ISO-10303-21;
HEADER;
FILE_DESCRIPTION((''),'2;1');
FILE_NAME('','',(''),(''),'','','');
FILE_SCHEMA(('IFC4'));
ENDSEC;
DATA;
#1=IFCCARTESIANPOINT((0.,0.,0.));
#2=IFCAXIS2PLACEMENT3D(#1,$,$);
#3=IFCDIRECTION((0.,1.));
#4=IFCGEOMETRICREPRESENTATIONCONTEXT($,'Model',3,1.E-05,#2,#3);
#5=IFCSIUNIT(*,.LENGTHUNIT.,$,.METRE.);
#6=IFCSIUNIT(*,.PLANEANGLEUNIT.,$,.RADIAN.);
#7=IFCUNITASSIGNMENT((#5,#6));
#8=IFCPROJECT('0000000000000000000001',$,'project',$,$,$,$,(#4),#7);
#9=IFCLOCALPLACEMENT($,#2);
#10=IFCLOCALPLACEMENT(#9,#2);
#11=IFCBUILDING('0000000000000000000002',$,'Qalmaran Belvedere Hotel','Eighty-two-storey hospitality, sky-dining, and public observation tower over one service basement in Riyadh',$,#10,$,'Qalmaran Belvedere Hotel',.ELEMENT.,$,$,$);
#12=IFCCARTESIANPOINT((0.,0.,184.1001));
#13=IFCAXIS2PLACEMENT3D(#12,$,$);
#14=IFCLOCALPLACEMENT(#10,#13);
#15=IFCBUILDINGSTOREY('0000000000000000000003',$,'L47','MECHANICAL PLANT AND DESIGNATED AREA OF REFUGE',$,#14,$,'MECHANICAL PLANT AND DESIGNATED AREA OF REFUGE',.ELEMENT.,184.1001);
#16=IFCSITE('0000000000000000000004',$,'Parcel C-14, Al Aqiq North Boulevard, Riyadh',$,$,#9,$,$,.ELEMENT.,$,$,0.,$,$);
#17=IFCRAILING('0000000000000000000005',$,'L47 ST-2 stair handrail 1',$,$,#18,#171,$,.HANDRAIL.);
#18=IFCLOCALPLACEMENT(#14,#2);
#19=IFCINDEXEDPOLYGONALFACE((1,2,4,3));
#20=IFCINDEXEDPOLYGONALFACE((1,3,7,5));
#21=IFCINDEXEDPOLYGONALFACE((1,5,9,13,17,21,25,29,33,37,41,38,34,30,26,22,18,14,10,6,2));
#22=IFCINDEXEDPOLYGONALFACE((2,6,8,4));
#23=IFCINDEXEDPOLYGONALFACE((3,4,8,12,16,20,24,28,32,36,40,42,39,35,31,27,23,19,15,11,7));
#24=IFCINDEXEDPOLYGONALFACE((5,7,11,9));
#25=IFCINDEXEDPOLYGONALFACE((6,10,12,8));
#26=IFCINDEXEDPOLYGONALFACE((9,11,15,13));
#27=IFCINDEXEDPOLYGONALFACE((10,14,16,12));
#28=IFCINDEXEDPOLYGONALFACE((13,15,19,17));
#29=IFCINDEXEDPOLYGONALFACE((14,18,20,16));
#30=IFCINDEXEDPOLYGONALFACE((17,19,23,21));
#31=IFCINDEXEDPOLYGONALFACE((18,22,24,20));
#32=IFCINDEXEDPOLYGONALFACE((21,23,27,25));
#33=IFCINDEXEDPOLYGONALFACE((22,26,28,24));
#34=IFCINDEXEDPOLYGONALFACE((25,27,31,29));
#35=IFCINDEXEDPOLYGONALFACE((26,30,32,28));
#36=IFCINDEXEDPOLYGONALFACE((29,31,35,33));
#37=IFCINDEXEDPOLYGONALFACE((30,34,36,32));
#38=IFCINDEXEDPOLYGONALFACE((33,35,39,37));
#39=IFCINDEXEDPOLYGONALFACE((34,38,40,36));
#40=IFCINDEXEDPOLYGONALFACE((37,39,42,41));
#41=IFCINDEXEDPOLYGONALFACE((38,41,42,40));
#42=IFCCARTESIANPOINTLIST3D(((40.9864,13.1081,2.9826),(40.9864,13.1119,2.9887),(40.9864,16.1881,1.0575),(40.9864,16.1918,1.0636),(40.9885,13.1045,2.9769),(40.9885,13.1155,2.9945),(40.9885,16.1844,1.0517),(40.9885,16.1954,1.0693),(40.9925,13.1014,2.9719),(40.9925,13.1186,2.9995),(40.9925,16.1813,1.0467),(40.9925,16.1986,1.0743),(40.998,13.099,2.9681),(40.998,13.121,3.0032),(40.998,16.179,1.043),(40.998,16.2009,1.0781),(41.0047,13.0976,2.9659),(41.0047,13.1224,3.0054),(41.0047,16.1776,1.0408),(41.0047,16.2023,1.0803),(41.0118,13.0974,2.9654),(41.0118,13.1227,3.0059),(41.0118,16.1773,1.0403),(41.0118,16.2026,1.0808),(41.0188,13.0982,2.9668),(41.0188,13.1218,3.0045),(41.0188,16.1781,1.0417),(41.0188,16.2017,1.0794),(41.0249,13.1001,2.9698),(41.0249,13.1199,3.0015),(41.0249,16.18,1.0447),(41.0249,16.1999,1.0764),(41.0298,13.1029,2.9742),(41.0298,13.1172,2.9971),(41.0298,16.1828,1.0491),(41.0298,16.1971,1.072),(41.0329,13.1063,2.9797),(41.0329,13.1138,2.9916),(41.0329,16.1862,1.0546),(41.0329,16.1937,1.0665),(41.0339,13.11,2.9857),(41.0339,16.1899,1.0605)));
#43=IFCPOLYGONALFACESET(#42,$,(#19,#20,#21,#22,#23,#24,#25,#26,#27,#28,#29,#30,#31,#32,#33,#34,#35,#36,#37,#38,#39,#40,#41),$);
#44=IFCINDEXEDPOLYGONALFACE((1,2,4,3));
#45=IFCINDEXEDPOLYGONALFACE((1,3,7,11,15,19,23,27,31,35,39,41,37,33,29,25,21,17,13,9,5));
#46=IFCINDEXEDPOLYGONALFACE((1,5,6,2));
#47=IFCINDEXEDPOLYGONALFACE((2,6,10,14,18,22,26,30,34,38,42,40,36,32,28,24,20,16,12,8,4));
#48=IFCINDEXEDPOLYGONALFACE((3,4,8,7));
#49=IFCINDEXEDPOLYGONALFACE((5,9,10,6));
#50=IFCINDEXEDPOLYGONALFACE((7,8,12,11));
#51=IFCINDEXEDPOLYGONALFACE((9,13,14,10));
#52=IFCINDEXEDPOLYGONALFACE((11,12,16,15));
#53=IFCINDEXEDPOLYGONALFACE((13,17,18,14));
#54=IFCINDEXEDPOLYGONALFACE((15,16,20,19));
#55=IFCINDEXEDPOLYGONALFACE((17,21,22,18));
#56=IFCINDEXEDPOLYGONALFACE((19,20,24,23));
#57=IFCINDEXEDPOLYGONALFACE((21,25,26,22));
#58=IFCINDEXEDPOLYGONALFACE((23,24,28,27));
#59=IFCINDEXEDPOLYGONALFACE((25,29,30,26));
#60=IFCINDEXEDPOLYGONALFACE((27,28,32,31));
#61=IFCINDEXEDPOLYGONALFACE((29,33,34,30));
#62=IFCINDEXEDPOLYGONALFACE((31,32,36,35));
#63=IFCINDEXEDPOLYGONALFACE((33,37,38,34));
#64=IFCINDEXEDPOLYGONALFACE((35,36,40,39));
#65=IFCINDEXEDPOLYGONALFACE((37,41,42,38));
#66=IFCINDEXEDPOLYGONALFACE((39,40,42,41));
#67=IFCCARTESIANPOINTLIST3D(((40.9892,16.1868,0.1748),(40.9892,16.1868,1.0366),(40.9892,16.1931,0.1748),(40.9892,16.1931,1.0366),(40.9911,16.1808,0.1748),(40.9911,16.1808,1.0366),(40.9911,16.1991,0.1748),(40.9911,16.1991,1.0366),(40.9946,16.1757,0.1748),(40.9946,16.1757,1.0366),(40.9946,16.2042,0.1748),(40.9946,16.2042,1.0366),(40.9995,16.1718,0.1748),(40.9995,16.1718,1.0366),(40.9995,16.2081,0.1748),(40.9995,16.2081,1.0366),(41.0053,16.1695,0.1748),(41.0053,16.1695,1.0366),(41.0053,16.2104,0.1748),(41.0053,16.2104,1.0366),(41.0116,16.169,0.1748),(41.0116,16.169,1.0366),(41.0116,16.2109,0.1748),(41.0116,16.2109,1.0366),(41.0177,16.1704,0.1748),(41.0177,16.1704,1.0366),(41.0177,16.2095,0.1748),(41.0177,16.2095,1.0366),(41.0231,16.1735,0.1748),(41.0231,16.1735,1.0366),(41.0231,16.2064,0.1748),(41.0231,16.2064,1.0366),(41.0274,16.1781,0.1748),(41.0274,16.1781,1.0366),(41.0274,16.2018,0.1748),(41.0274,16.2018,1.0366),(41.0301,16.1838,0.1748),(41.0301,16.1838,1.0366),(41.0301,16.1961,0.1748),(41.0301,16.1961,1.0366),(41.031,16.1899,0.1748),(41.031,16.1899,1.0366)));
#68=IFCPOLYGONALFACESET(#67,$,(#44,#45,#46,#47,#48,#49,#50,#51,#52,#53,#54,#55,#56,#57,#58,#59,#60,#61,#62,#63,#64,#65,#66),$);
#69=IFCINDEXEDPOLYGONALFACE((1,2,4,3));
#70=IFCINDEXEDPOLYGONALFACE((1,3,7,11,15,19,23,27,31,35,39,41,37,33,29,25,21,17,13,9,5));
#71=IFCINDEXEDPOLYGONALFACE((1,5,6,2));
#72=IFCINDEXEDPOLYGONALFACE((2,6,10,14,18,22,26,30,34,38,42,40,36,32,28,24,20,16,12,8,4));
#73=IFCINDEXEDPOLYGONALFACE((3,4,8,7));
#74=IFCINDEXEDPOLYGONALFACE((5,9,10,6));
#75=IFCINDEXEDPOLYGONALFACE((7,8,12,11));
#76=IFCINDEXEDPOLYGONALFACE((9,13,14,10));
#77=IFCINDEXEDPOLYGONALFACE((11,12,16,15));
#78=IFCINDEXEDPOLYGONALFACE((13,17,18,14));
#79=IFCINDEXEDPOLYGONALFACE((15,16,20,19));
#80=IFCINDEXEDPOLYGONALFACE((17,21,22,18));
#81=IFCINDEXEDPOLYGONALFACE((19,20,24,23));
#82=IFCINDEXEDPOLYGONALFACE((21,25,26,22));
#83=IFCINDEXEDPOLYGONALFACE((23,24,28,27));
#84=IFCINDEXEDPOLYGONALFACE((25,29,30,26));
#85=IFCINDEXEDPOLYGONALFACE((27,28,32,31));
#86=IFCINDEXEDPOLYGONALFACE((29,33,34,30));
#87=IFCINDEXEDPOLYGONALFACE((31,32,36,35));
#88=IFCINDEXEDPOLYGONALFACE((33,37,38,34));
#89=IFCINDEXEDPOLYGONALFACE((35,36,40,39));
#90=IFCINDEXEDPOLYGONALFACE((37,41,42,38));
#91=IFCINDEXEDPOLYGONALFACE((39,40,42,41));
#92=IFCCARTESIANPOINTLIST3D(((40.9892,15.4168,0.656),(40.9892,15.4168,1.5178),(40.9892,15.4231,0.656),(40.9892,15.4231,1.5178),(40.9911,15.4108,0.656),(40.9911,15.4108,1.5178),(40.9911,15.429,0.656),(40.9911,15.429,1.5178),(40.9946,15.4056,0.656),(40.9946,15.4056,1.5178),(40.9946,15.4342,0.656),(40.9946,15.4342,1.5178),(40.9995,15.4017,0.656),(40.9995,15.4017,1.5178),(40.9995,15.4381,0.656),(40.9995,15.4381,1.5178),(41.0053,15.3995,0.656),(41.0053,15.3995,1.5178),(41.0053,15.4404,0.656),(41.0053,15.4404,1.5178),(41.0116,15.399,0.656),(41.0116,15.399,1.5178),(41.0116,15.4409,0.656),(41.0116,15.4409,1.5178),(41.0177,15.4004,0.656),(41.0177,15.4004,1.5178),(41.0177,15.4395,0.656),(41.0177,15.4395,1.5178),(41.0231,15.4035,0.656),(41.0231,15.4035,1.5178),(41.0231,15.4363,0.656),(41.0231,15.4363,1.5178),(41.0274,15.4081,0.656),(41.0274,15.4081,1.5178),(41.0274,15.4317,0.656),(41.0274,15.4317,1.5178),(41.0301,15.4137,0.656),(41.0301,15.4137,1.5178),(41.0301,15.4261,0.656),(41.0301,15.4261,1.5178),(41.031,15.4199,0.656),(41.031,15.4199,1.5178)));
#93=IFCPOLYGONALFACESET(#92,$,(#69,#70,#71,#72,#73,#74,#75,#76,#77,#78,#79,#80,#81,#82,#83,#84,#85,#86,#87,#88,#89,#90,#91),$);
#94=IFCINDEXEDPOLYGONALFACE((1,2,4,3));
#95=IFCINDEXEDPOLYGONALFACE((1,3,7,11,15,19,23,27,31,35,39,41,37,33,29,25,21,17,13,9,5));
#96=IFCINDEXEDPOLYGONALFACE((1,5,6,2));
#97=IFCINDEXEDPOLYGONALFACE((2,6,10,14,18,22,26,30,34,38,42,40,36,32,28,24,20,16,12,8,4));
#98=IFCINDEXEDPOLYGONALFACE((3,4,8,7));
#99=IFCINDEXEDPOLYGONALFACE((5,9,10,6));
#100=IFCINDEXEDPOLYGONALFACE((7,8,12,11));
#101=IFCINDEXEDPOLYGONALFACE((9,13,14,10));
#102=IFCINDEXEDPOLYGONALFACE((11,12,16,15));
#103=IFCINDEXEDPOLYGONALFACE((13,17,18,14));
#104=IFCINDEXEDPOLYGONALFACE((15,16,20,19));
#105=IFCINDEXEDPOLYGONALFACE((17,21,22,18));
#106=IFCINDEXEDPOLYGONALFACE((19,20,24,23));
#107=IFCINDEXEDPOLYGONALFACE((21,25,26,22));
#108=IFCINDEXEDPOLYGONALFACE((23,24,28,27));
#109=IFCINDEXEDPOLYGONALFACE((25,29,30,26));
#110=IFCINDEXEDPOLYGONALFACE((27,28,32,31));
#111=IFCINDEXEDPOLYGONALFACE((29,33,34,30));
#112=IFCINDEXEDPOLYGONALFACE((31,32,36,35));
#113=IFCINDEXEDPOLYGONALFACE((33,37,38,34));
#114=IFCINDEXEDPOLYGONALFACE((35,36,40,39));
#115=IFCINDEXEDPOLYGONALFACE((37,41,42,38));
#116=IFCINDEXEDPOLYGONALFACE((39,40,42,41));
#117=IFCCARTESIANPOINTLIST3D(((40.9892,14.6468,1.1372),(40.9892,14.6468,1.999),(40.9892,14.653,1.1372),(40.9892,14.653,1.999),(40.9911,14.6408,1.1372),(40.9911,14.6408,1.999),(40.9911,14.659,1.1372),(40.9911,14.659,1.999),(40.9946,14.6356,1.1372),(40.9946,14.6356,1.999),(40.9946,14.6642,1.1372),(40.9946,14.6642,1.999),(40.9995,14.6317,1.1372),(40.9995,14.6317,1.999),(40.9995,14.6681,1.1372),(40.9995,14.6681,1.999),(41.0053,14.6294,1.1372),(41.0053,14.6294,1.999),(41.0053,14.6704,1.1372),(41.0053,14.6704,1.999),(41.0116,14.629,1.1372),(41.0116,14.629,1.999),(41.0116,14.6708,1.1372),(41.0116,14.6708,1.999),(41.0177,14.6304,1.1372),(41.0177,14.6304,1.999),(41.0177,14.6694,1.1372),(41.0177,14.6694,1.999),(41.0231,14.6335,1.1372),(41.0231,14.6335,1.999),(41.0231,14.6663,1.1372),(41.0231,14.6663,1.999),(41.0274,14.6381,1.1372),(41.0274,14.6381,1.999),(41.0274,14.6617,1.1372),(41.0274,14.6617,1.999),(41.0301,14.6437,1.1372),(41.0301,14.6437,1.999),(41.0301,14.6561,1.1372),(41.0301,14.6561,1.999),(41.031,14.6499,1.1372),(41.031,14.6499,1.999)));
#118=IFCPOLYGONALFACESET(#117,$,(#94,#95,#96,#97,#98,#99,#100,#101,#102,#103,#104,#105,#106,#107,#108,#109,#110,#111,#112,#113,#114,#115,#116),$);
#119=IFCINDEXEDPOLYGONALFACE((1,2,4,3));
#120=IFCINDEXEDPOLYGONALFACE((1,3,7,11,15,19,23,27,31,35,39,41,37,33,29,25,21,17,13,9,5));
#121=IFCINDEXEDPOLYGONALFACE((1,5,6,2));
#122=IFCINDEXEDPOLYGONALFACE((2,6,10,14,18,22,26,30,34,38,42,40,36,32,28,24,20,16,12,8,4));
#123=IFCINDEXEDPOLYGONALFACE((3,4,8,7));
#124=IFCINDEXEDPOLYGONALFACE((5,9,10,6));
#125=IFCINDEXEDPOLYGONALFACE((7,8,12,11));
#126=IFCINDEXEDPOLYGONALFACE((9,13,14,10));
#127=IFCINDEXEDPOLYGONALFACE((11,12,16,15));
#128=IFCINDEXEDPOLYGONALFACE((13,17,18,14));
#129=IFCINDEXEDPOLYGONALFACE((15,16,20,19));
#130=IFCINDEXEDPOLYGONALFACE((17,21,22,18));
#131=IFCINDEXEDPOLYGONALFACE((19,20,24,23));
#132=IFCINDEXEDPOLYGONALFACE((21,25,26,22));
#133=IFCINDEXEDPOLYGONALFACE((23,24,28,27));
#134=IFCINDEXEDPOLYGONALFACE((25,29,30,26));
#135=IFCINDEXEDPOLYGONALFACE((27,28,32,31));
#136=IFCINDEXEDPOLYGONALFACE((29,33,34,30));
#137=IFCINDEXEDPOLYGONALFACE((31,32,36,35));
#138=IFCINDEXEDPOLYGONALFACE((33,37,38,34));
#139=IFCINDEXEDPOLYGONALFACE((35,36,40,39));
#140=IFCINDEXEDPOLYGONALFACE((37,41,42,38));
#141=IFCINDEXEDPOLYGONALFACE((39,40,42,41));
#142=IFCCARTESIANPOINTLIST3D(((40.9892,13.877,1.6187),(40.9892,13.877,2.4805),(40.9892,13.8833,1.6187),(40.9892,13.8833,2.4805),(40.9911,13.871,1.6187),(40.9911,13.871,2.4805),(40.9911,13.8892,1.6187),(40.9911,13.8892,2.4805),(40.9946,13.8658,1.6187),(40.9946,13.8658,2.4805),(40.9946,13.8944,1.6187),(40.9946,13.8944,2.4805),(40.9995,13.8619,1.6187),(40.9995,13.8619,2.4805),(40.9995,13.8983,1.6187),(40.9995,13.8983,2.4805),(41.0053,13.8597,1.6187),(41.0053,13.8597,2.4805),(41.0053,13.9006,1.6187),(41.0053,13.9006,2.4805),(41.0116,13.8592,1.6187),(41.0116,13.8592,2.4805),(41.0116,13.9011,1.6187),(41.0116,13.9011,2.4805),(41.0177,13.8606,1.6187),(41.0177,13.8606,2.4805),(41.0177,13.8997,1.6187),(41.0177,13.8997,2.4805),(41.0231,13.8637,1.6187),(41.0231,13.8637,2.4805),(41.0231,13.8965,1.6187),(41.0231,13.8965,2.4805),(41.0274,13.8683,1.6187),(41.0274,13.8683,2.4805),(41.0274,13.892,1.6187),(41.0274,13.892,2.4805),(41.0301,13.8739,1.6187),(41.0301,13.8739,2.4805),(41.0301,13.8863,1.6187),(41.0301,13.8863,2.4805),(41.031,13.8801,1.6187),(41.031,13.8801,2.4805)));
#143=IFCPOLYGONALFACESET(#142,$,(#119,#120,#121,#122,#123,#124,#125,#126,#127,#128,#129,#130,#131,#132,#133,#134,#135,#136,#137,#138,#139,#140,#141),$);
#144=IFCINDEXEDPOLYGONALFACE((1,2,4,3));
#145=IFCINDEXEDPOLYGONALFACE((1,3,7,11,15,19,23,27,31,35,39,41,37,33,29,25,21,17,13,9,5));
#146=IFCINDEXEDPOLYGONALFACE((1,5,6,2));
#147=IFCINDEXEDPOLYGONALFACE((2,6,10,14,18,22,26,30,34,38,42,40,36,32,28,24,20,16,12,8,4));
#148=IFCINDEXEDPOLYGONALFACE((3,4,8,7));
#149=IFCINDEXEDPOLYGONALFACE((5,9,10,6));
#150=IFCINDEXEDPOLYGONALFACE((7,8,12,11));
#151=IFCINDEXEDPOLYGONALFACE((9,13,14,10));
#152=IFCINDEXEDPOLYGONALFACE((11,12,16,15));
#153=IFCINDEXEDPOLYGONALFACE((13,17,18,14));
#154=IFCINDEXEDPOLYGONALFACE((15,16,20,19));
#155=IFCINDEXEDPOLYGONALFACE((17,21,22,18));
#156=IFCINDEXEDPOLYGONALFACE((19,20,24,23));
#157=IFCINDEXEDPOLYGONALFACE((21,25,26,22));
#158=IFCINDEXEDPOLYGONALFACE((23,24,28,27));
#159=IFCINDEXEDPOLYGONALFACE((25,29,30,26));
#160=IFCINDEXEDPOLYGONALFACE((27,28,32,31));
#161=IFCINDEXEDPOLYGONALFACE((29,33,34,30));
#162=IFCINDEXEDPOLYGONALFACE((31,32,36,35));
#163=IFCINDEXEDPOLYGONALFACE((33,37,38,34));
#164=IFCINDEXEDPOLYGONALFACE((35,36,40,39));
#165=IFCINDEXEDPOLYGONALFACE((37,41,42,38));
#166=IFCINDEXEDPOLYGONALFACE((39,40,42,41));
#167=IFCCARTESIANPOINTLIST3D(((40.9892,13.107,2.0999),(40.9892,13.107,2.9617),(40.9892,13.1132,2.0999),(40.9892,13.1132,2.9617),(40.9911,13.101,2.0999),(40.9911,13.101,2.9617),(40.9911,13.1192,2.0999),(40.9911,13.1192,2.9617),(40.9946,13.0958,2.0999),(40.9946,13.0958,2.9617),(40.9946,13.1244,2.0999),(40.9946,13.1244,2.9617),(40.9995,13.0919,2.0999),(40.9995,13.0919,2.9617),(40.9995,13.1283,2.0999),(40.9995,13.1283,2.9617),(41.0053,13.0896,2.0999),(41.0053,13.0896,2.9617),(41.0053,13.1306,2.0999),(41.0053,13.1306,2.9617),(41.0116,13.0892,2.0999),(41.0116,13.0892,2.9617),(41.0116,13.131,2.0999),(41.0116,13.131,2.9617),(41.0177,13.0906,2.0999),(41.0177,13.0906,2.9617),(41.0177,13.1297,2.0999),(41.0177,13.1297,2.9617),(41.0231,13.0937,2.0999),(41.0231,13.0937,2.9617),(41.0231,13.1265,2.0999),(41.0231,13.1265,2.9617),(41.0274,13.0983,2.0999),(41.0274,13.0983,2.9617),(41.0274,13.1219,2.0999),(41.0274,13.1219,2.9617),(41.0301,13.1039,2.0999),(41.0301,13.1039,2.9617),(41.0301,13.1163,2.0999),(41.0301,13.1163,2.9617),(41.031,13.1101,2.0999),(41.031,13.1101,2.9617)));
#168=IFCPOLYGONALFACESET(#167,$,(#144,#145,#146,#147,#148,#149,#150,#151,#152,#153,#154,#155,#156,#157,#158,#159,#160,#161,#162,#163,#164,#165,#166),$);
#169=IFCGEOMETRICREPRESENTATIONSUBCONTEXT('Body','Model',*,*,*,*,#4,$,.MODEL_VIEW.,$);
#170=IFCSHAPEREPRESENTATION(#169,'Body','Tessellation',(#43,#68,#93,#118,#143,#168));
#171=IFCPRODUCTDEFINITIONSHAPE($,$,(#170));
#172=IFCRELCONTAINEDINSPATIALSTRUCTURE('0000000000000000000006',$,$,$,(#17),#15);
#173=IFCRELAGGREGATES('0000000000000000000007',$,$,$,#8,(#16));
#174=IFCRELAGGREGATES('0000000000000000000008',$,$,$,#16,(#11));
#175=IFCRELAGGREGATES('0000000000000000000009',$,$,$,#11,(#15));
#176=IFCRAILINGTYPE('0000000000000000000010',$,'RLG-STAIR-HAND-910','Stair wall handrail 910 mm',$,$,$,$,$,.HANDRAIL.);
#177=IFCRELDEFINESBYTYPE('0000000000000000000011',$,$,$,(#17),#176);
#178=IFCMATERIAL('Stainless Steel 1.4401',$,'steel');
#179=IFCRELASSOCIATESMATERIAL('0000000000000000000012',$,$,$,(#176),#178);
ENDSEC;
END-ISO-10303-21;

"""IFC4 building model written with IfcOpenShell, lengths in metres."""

from ifc_helpers import new_model, si_unit, direction, frame, origin, origin_2d, place, context, subcontext, project, spatial, circle, extrude, material, type_object, element, save


model = new_model("IFC4")

# Units and contexts
model_context = context("Model", 3, precision=1e-05, world=origin(), true_north=direction((0.0, 1.0)))
body_context = subcontext(model_context, "Body", "Model", "MODEL_VIEW")
ifc_project = project(units=[si_unit("LENGTHUNIT", "METRE"), si_unit("PLANEANGLEUNIT", "RADIAN")], contexts=[model_context])

# Site, building, storey
site_placement = place(None, origin())
site = spatial("IfcSite", under=ifc_project, at=site_placement, Name="Parcel C-14, Al Aqiq North Boulevard, Riyadh", CompositionType="ELEMENT", RefElevation=0.0)
building_placement = place(site_placement, origin())
building = spatial("IfcBuilding", under=site, at=building_placement, Name="Qalmaran Belvedere Hotel", Description="Eighty-two-storey hospitality, sky-dining, and public observation tower over one service basement in Riyadh", LongName="Qalmaran Belvedere Hotel", CompositionType="ELEMENT")
storey_placement = place(building_placement, frame((0.0, 0.0, 184.1001)))
storey = spatial("IfcBuildingStorey", under=building, at=storey_placement, Name="L47", Description="MECHANICAL PLANT AND DESIGNATED AREA OF REFUGE", LongName="MECHANICAL PLANT AND DESIGNATED AREA OF REFUGE", CompositionType="ELEMENT", Elevation=184.1001)

# Shared definitions
ifc_material_1 = material(Name="Stainless Steel 1.4401", Category="steel")

# Railing
railing_type_1 = type_object("IfcRailingType", Name="RLG-STAIR-HAND-910", Description="Stair wall handrail 910 mm", PredefinedType="HANDRAIL", material=ifc_material_1)
railing_1_placement = place(storey_placement, frame((41.01, 16.1899, 0.1748)))
element("IfcRailing", 1, at=railing_1_placement, inside=storey, type_object=railing_type_1, Name="L47 ST-2 stair handrail 1", PredefinedType="HANDRAIL", context=body_context, shape_type="SweptSolid", body=[
    extrude(circle(Radius=0.0239, at=origin_2d()), frame((0.0, 0.0, 0.8857), z_axis=(0.0, -0.847979, 0.530029), x_axis=(1.0, 0.0, 0.0)), (0.0, 0.0, 1.0), 3.6321),
    extrude(circle(Radius=0.021, at=origin_2d()), origin(), (0.0, 0.0, 1.0), 0.8618),
    extrude(circle(Radius=0.021, at=origin_2d()), frame((0.0, -0.77, 0.4812)), (0.0, 0.0, 1.0), 0.8618),
    extrude(circle(Radius=0.021, at=origin_2d()), frame((0.0, -1.54, 0.9624)), (0.0, 0.0, 1.0), 0.8618),
    extrude(circle(Radius=0.021, at=origin_2d()), frame((0.0, -2.3098, 1.4438)), (0.0, 0.0, 1.0), 0.8618),
    extrude(circle(Radius=0.021, at=origin_2d()), frame((0.0, -3.0798, 1.925)), (0.0, 0.0, 1.0), 0.8618),
])

save(model, "model.ifc")
